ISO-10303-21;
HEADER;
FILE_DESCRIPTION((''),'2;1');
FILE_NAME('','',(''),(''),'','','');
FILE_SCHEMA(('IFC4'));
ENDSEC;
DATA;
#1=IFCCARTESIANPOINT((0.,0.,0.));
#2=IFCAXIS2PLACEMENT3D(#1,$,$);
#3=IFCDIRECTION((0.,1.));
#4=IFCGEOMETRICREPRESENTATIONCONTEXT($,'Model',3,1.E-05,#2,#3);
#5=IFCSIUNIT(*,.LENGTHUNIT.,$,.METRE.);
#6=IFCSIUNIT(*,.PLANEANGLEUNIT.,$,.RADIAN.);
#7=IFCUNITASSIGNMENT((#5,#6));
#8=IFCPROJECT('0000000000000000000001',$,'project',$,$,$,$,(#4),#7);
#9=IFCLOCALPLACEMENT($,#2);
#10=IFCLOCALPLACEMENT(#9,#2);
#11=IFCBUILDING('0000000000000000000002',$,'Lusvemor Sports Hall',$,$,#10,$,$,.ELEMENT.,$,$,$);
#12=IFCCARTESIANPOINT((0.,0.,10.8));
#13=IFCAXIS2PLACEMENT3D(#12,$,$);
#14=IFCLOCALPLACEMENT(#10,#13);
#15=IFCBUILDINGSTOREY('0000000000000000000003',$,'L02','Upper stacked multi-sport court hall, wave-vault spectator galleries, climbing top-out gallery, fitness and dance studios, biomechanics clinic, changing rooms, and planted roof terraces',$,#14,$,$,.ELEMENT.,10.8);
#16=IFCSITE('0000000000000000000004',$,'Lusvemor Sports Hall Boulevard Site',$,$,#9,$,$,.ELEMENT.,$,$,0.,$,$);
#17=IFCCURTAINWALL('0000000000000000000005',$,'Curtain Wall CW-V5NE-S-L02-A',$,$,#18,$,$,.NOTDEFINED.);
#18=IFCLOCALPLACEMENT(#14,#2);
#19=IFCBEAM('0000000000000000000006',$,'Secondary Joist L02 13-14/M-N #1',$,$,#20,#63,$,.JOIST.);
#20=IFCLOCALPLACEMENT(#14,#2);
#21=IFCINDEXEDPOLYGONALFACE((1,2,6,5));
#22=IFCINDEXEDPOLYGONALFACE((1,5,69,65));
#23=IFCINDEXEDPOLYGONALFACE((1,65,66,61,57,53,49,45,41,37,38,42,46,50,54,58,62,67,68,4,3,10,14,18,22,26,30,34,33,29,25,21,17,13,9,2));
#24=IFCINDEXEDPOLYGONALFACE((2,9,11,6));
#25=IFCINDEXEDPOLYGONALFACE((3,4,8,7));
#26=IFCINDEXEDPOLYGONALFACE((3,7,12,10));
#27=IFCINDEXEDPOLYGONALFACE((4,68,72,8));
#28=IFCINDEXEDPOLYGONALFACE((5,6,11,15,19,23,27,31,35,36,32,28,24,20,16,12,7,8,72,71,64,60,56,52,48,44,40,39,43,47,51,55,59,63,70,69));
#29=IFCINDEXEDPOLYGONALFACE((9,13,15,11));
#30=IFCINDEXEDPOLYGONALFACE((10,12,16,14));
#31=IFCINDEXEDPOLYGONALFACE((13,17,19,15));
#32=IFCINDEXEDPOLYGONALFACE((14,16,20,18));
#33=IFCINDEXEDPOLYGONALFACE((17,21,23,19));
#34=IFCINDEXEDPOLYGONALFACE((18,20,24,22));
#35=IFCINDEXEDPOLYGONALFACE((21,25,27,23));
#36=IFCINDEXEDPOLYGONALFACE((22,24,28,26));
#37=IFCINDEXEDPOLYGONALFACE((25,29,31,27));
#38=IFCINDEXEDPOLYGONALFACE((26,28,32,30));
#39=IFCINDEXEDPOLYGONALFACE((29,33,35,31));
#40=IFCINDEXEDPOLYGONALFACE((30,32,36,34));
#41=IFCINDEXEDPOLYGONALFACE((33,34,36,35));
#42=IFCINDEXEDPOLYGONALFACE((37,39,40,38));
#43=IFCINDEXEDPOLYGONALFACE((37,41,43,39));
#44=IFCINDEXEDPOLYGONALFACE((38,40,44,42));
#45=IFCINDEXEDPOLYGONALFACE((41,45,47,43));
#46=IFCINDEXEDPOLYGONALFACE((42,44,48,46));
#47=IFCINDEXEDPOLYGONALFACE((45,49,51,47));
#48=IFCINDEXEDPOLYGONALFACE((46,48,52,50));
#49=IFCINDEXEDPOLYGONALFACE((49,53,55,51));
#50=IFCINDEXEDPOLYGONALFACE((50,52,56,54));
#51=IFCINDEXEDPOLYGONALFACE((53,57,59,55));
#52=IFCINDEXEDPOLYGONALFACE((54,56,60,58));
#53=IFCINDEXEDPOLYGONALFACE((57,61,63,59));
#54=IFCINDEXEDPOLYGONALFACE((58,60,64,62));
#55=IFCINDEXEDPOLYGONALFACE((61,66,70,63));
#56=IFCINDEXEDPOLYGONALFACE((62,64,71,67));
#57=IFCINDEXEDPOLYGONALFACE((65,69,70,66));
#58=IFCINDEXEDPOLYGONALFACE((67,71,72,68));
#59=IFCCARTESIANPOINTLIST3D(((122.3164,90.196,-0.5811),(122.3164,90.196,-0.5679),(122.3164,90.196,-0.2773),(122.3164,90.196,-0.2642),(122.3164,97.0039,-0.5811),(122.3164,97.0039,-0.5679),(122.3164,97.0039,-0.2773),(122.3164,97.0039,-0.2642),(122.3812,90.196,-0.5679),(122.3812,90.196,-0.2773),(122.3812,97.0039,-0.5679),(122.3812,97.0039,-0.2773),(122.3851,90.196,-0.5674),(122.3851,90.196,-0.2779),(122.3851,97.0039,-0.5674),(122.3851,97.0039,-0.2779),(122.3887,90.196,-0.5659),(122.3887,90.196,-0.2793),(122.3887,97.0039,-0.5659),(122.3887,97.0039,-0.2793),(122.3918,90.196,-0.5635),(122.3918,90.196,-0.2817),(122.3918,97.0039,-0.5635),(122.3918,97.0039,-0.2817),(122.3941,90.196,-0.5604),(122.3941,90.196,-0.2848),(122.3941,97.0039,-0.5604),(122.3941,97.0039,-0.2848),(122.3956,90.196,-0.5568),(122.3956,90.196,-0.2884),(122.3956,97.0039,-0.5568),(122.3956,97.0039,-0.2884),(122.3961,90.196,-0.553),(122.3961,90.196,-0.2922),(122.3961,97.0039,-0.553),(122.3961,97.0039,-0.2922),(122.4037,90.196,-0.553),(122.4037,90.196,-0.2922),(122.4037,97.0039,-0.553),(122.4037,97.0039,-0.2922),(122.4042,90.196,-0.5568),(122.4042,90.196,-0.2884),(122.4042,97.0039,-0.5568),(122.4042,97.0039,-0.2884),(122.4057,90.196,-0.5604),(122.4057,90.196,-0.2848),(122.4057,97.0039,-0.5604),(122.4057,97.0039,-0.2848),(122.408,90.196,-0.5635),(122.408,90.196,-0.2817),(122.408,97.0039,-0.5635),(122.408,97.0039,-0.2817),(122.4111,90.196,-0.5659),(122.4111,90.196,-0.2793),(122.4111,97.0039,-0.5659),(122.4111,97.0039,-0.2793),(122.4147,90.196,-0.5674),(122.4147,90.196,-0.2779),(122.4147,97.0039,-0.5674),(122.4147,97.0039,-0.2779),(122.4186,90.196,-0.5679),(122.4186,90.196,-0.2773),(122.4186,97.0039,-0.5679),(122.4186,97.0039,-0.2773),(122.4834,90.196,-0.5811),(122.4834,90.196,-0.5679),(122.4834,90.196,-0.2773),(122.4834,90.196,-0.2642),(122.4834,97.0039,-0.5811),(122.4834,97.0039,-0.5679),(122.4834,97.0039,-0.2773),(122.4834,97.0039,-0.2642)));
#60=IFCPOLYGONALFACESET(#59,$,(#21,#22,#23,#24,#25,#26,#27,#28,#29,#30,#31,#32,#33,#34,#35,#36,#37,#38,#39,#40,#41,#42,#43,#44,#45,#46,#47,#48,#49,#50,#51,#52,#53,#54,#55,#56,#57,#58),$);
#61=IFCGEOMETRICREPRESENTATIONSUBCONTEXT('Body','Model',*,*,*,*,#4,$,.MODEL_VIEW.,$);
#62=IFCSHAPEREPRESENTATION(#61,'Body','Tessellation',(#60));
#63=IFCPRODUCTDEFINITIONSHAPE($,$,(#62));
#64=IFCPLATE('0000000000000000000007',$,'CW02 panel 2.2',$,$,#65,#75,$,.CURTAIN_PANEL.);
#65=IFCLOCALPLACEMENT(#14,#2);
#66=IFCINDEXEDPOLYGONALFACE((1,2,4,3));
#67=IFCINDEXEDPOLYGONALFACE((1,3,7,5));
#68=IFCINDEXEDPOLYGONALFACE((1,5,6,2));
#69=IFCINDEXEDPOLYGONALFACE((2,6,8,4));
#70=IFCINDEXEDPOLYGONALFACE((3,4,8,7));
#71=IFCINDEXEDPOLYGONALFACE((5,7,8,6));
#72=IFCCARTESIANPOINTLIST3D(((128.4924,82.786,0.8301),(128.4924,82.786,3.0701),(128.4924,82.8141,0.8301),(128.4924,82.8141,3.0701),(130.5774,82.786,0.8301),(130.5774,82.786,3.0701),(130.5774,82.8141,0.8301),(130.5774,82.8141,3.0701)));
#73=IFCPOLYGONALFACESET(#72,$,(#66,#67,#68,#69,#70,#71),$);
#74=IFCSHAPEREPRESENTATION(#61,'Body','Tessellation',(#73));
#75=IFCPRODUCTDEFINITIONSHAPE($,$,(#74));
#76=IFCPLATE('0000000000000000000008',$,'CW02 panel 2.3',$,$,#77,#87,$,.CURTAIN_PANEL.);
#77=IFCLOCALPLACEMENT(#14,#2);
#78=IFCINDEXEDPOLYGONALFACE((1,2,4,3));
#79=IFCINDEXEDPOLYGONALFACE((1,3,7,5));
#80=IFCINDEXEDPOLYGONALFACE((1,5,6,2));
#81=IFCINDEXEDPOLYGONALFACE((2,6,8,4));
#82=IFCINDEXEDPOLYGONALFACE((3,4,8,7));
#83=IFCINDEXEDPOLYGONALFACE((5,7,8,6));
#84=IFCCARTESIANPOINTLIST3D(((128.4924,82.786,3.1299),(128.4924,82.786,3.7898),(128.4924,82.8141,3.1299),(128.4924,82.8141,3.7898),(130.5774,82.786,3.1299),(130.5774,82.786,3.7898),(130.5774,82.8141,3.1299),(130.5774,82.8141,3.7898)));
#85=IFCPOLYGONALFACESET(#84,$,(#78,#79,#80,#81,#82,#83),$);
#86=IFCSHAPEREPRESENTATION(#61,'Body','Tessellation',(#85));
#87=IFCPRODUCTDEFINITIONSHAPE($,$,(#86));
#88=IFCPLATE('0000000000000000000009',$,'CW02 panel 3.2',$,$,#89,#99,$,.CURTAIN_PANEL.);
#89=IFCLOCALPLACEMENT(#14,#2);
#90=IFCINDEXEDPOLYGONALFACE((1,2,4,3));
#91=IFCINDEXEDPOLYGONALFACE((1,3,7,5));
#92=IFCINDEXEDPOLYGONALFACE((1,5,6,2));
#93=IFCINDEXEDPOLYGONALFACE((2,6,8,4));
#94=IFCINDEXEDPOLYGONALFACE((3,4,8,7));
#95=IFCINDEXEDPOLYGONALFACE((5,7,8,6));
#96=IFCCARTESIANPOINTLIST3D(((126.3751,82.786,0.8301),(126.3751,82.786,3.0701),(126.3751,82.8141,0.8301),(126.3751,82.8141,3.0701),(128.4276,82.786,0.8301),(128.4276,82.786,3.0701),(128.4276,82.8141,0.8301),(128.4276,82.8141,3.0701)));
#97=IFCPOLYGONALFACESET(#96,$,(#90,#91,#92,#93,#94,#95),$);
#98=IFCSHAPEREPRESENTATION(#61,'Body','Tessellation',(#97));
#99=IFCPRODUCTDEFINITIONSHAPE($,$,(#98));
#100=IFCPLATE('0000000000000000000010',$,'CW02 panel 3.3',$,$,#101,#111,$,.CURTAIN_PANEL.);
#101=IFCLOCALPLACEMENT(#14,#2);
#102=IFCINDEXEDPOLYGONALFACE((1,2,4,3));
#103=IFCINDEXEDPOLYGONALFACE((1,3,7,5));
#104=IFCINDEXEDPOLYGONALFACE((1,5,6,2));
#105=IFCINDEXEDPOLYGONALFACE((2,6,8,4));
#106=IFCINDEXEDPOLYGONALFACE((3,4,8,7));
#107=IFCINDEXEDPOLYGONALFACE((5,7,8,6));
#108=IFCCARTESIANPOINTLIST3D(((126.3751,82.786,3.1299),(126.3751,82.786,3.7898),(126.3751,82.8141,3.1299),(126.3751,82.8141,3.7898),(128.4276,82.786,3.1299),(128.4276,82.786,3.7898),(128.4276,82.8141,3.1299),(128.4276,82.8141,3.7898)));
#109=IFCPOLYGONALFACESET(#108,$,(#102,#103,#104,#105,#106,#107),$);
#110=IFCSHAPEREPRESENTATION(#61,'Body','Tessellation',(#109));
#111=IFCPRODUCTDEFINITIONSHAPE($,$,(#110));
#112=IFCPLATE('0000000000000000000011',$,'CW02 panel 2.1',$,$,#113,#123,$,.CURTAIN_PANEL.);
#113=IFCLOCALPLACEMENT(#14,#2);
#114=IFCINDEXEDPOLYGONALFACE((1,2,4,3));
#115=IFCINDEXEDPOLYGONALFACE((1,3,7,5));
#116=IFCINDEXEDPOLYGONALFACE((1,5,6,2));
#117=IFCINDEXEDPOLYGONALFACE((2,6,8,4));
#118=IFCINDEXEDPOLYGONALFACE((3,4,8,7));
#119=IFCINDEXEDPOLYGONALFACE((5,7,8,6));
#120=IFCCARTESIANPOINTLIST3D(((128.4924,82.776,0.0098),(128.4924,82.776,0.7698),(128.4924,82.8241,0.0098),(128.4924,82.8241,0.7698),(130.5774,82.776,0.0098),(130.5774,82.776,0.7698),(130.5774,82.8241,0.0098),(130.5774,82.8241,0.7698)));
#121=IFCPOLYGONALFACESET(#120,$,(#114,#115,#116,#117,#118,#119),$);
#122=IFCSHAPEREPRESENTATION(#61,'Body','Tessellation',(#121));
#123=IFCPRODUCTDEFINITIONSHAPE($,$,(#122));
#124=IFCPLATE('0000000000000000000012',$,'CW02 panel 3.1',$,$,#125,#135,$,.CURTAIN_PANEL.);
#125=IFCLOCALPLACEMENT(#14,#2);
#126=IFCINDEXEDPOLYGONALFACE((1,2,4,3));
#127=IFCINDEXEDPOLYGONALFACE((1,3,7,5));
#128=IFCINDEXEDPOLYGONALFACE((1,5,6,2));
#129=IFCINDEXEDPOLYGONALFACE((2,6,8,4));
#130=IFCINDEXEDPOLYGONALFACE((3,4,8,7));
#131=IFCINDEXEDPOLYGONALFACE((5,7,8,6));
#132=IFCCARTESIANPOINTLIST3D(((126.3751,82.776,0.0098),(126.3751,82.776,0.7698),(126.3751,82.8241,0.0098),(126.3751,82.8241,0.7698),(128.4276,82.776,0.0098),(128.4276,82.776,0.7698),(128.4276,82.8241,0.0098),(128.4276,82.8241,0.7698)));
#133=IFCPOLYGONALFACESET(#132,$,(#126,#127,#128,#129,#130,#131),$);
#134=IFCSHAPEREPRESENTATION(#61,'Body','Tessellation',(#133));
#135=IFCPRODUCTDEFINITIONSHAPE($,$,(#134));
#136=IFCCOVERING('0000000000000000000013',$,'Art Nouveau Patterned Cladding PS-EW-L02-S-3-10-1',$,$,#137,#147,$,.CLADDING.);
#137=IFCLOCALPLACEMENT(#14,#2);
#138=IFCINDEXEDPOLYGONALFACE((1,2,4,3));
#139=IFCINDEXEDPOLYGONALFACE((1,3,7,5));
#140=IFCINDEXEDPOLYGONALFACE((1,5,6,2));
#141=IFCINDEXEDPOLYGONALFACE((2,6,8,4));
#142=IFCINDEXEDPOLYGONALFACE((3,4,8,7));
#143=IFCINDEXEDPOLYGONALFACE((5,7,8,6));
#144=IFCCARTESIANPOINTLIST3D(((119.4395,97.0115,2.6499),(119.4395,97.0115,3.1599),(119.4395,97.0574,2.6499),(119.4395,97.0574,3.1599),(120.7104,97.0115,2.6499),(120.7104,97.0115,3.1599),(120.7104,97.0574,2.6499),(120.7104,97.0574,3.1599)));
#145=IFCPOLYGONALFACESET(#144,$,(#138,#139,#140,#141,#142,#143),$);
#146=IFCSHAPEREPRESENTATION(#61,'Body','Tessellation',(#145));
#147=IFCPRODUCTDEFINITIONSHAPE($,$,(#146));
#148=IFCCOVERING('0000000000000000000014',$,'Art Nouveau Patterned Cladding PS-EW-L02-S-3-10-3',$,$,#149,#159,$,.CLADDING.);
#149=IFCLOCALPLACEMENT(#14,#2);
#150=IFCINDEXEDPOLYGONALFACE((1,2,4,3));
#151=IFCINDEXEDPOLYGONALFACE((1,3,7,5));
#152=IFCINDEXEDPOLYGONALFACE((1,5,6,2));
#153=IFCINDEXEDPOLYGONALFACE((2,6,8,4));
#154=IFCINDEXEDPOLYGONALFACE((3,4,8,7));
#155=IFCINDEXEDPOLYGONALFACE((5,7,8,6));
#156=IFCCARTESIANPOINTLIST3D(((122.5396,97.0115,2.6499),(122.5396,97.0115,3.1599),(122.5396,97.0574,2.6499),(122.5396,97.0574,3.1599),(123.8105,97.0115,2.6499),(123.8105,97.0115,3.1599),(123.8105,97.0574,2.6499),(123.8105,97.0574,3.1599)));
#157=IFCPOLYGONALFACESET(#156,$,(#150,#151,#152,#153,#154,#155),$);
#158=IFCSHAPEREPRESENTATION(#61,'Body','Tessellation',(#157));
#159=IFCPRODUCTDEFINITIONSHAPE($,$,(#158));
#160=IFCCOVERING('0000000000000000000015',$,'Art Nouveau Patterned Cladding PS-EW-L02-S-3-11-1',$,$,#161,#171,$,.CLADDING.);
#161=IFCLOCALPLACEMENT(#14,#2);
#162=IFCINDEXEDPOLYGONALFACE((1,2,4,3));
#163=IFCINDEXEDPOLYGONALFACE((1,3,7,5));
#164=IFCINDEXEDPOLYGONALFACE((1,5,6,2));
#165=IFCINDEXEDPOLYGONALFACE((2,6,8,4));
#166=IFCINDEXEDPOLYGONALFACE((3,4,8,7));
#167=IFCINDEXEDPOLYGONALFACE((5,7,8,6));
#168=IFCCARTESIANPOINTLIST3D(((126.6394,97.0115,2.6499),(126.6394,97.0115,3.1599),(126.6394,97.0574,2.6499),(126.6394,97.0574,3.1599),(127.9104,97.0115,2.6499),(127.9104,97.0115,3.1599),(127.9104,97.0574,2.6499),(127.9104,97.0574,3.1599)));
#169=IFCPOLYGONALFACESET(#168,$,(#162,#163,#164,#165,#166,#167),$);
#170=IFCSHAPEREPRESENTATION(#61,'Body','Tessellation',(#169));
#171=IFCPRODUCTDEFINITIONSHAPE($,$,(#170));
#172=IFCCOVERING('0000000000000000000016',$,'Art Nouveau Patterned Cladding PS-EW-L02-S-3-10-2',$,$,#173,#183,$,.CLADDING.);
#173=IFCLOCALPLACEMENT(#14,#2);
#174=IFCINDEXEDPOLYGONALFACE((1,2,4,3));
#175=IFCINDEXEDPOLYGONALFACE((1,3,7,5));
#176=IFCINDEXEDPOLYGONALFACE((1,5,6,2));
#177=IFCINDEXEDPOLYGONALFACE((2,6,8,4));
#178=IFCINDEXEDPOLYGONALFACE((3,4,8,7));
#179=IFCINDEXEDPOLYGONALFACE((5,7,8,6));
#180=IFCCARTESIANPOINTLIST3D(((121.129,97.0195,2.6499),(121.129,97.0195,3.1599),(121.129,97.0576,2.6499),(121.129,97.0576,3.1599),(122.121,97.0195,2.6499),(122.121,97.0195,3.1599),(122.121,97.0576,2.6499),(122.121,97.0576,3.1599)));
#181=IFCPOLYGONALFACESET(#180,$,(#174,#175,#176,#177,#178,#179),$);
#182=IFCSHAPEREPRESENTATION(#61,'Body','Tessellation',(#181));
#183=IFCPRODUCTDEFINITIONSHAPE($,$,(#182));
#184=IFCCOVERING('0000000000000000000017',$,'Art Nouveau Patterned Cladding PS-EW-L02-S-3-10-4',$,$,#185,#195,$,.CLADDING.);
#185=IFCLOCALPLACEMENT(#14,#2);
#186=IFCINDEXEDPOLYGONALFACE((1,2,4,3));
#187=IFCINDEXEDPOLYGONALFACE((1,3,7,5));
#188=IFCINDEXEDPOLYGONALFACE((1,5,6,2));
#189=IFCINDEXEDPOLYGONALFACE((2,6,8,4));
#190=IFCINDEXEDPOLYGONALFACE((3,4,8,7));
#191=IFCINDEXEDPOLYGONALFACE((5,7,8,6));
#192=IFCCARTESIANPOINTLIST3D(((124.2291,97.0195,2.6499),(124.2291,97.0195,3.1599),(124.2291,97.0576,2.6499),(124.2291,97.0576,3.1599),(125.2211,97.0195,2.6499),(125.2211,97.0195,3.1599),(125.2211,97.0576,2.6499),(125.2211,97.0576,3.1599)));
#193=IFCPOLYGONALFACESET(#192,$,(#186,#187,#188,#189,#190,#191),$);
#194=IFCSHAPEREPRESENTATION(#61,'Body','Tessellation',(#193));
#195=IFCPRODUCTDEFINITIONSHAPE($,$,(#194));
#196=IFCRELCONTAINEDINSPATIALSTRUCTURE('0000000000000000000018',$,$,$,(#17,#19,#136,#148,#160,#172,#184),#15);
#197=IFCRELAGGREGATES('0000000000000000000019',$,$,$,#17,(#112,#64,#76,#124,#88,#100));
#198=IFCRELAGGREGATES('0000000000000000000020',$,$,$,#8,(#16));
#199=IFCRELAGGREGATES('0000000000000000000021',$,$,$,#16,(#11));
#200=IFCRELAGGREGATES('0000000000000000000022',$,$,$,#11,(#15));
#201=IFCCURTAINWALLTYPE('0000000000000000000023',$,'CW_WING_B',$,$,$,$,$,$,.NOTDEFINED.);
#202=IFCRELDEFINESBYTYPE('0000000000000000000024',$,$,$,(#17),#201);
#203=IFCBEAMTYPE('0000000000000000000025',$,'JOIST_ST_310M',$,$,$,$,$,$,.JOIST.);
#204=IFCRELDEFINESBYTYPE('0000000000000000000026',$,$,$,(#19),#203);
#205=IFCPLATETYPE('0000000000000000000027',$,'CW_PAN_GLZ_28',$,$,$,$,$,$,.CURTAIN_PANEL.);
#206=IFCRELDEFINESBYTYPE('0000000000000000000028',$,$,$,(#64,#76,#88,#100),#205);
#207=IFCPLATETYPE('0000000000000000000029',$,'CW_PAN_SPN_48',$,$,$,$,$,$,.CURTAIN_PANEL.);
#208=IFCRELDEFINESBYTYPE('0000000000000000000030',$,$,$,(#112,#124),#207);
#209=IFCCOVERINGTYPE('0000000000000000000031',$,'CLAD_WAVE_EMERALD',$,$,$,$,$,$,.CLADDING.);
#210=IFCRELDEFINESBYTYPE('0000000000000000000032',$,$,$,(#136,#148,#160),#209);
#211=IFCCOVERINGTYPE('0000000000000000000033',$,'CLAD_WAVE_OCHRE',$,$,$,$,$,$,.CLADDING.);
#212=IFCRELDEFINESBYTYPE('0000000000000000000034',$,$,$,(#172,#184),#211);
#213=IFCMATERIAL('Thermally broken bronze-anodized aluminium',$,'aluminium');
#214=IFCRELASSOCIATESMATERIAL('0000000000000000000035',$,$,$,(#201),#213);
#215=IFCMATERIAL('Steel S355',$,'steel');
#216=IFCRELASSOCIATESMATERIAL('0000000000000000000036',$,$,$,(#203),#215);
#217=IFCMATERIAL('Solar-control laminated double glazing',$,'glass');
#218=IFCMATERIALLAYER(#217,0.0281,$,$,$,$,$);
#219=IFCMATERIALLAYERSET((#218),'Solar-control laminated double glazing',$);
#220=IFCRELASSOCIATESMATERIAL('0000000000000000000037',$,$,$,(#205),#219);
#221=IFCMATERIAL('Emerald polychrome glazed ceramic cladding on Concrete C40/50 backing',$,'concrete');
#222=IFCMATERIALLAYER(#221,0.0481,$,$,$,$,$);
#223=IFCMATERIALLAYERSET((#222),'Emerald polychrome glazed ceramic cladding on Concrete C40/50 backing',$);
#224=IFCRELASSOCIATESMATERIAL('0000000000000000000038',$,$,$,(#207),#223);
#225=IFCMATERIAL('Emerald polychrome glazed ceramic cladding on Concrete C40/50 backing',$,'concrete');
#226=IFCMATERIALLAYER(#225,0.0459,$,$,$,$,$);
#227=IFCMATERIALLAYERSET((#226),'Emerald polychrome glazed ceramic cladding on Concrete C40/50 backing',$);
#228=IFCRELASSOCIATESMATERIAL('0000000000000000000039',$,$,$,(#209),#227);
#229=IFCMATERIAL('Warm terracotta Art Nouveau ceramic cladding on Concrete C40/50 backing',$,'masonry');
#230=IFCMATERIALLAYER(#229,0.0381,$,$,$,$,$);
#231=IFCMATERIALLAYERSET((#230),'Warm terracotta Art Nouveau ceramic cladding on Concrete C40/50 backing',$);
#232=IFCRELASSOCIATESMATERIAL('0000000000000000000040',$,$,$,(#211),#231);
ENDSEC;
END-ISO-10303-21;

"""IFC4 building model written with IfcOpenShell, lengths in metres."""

from ifc_helpers import new_model, si_unit, direction, frame, origin, origin_2d, place, context, subcontext, project, spatial, rectangle, i_section, extrude, material, layer, layer_set, material_profile, profile_set, type_object, element, aggregate, save


model = new_model("IFC4")

# Units and contexts
model_context = context("Model", 3, precision=1e-05, world=origin(), true_north=direction((0.0, 1.0)))
body_context = subcontext(model_context, "Body", "Model", "MODEL_VIEW")
ifc_project = project(units=[si_unit("LENGTHUNIT", "METRE"), si_unit("PLANEANGLEUNIT", "RADIAN")], contexts=[model_context])

# Site, building, storey
site_placement = place(None, origin())
site = spatial("IfcSite", under=ifc_project, at=site_placement, Name="Lusvemor Sports Hall Boulevard Site", CompositionType="ELEMENT", RefElevation=0.0)
building_placement = place(site_placement, origin())
building = spatial("IfcBuilding", under=site, at=building_placement, Name="Lusvemor Sports Hall", CompositionType="ELEMENT")
storey_placement = place(building_placement, frame((0.0, 0.0, 10.8)))
storey = spatial("IfcBuildingStorey", under=building, at=storey_placement, Name="L02", Description="Upper stacked multi-sport court hall, wave-vault spectator galleries, climbing top-out gallery, fitness and dance studios, biomechanics clinic, changing rooms, and planted roof terraces", CompositionType="ELEMENT", Elevation=10.8)

# Curtain wall
ifc_material_1 = material(Name="Thermally broken bronze-anodized aluminium", Category="aluminium")
curtain_wall_type = type_object("IfcCurtainWallType", Name="CW_WING_B", PredefinedType="NOTDEFINED", material=ifc_material_1)
curtain_wall_placement = place(storey_placement, origin())
curtain_wall = element("IfcCurtainWall", 1, at=curtain_wall_placement, inside=storey, type_object=curtain_wall_type, Name="Curtain Wall CW-V5NE-S-L02-A", PredefinedType="NOTDEFINED")

# Beam
ifc_material_2 = material(Name="Steel S355", Category="steel")
ifc_material_profile_1 = material_profile(ifc_material_2, i_section(OverallWidth=0.167, OverallDepth=0.3169, WebThickness=0.0076, FlangeThickness=0.0132, FilletRadius=0.0149, at=origin_2d()), Name="W310x52.0")
ifc_profile_set_1 = profile_set([ifc_material_profile_1], Name="Steel S355")
beam_type_1 = type_object("IfcBeamType", Name="JOIST_ST_310M", PredefinedType="JOIST", material=ifc_profile_set_1)
for number, where, z_axis, x_axis, name in (
    (2, (122.3999, 90.196, -0.4226), (0.0, 1.0, 0.0), (-1.0, 0.0, 0.0), "Secondary Joist L02 13-14/M-N #1"),
):
    element("IfcBeam", number, at=place(storey_placement, frame(where, z_axis=z_axis, x_axis=x_axis)), inside=storey, type_object=beam_type_1, Name=name, PredefinedType="JOIST", context=body_context, shape_type="SweptSolid", body=[
        extrude(i_section(OverallWidth=0.167, OverallDepth=0.3169, WebThickness=0.0076, FlangeThickness=0.0132, FilletRadius=0.0149, at=origin_2d()), origin(), (0.0, 0.0, 1.0), 6.8079),
    ])

# Plates
ifc_material_3 = material(Name="Solar-control laminated double glazing", Category="glass")
ifc_layer_1 = layer(ifc_material_3, 0.0281)
ifc_layer_set_1 = layer_set([ifc_layer_1], Name="Solar-control laminated double glazing")
plate_type_1 = type_object("IfcPlateType", Name="CW_PAN_GLZ_28", PredefinedType="CURTAIN_PANEL", material=ifc_layer_set_1)
plate_1_placement = place(storey_placement, frame((129.5349, 82.8, 0.8301), z_axis=(0.0, 0.0, 1.0), x_axis=(-1.0, 0.0, 0.0)))
plate_1 = element("IfcPlate", 3, at=plate_1_placement, type_object=plate_type_1, Name="CW02 panel 2.2", PredefinedType="CURTAIN_PANEL", context=body_context, shape_type="SweptSolid", body=[
    extrude(rectangle(XDim=2.085, YDim=0.0281, at=origin_2d()), origin(), (0.0, 0.0, 1.0), 2.24),
])
plate_2_placement = place(storey_placement, frame((129.5349, 82.8, 3.1299), z_axis=(0.0, 0.0, 1.0), x_axis=(-1.0, 0.0, 0.0)))
plate_2 = element("IfcPlate", 4, at=plate_2_placement, type_object=plate_type_1, Name="CW02 panel 2.3", PredefinedType="CURTAIN_PANEL", context=body_context, shape_type="SweptSolid", body=[
    extrude(rectangle(XDim=2.085, YDim=0.0281, at=origin_2d()), origin(), (0.0, 0.0, 1.0), 0.6599),
])
plate_3_placement = place(storey_placement, frame((127.4014, 82.8, 0.8301), z_axis=(0.0, 0.0, 1.0), x_axis=(-1.0, 0.0, 0.0)))
plate_3 = element("IfcPlate", 5, at=plate_3_placement, type_object=plate_type_1, Name="CW02 panel 3.2", PredefinedType="CURTAIN_PANEL", context=body_context, shape_type="SweptSolid", body=[
    extrude(rectangle(XDim=2.0525, YDim=0.0281, at=origin_2d()), origin(), (0.0, 0.0, 1.0), 2.24),
])
plate_4_placement = place(storey_placement, frame((127.4014, 82.8, 3.1299), z_axis=(0.0, 0.0, 1.0), x_axis=(-1.0, 0.0, 0.0)))
plate_4 = element("IfcPlate", 6, at=plate_4_placement, type_object=plate_type_1, Name="CW02 panel 3.3", PredefinedType="CURTAIN_PANEL", context=body_context, shape_type="SweptSolid", body=[
    extrude(rectangle(XDim=2.0525, YDim=0.0281, at=origin_2d()), origin(), (0.0, 0.0, 1.0), 0.6599),
])
ifc_material_4 = material(Name="Emerald polychrome glazed ceramic cladding on Concrete C40/50 backing", Category="concrete")
ifc_layer_2 = layer(ifc_material_4, 0.0481)
ifc_layer_set_2 = layer_set([ifc_layer_2], Name="Emerald polychrome glazed ceramic cladding on Concrete C40/50 backing")
plate_type_2 = type_object("IfcPlateType", Name="CW_PAN_SPN_48", PredefinedType="CURTAIN_PANEL", material=ifc_layer_set_2)
plate_5_placement = place(storey_placement, frame((129.5349, 82.8, 0.0098), z_axis=(0.0, 0.0, 1.0), x_axis=(-1.0, 0.0, 0.0)))
plate_5 = element("IfcPlate", 7, at=plate_5_placement, type_object=plate_type_2, Name="CW02 panel 2.1", PredefinedType="CURTAIN_PANEL", context=body_context, shape_type="SweptSolid", body=[
    extrude(rectangle(XDim=2.085, YDim=0.0481, at=origin_2d()), origin(), (0.0, 0.0, 1.0), 0.76),
])
plate_6_placement = place(storey_placement, frame((127.4014, 82.8, 0.0098), z_axis=(0.0, 0.0, 1.0), x_axis=(-1.0, 0.0, 0.0)))
plate_6 = element("IfcPlate", 8, at=plate_6_placement, type_object=plate_type_2, Name="CW02 panel 3.1", PredefinedType="CURTAIN_PANEL", context=body_context, shape_type="SweptSolid", body=[
    extrude(rectangle(XDim=2.0525, YDim=0.0481, at=origin_2d()), origin(), (0.0, 0.0, 1.0), 0.76),
])
aggregate(curtain_wall, [plate_5, plate_1, plate_2, plate_6, plate_3, plate_4])

# Coverings
ifc_material_5 = material(Name="Emerald polychrome glazed ceramic cladding on Concrete C40/50 backing", Category="concrete")
ifc_layer_3 = layer(ifc_material_5, 0.0459)
ifc_layer_set_3 = layer_set([ifc_layer_3], Name="Emerald polychrome glazed ceramic cladding on Concrete C40/50 backing")
covering_type_1 = type_object("IfcCoveringType", Name="CLAD_WAVE_EMERALD", PredefinedType="CLADDING", material=ifc_layer_set_3)
for number, where, z_axis, x_axis, name in (
    (9, (120.075, 97.0344, 2.6499), (0.0, 0.0, 1.0), (1.0, 0.0, 0.0), "Art Nouveau Patterned Cladding PS-EW-L02-S-3-10-1"),
    (10, (123.175, 97.0344, 2.6499), (0.0, 0.0, 1.0), (1.0, 0.0, 0.0), "Art Nouveau Patterned Cladding PS-EW-L02-S-3-10-3"),
    (11, (127.2749, 97.0344, 2.6499), (0.0, 0.0, 1.0), (1.0, 0.0, 0.0), "Art Nouveau Patterned Cladding PS-EW-L02-S-3-11-1"),
):
    element("IfcCovering", number, at=place(storey_placement, frame(where, z_axis=z_axis, x_axis=x_axis)), inside=storey, type_object=covering_type_1, Name=name, PredefinedType="CLADDING", context=body_context, shape_type="SweptSolid", body=[
        extrude(rectangle(XDim=1.271, YDim=0.0459, at=origin_2d()), origin(), (0.0, 0.0, 1.0), 0.51),
    ])
ifc_material_6 = material(Name="Warm terracotta Art Nouveau ceramic cladding on Concrete C40/50 backing", Category="masonry")
ifc_layer_4 = layer(ifc_material_6, 0.0381)
ifc_layer_set_4 = layer_set([ifc_layer_4], Name="Warm terracotta Art Nouveau ceramic cladding on Concrete C40/50 backing")
covering_type_2 = type_object("IfcCoveringType", Name="CLAD_WAVE_OCHRE", PredefinedType="CLADDING", material=ifc_layer_set_4)
for number, where, z_axis, x_axis, name in (
    (12, (121.625, 97.0386, 2.6499), (0.0, 0.0, 1.0), (1.0, 0.0, 0.0), "Art Nouveau Patterned Cladding PS-EW-L02-S-3-10-2"),
    (13, (124.7251, 97.0386, 2.6499), (0.0, 0.0, 1.0), (1.0, 0.0, 0.0), "Art Nouveau Patterned Cladding PS-EW-L02-S-3-10-4"),
):
    element("IfcCovering", number, at=place(storey_placement, frame(where, z_axis=z_axis, x_axis=x_axis)), inside=storey, type_object=covering_type_2, Name=name, PredefinedType="CLADDING", context=body_context, shape_type="SweptSolid", body=[
        extrude(rectangle(XDim=0.9919, YDim=0.0381, at=origin_2d()), origin(), (0.0, 0.0, 1.0), 0.51),
    ])

save(model, "model.ifc")
